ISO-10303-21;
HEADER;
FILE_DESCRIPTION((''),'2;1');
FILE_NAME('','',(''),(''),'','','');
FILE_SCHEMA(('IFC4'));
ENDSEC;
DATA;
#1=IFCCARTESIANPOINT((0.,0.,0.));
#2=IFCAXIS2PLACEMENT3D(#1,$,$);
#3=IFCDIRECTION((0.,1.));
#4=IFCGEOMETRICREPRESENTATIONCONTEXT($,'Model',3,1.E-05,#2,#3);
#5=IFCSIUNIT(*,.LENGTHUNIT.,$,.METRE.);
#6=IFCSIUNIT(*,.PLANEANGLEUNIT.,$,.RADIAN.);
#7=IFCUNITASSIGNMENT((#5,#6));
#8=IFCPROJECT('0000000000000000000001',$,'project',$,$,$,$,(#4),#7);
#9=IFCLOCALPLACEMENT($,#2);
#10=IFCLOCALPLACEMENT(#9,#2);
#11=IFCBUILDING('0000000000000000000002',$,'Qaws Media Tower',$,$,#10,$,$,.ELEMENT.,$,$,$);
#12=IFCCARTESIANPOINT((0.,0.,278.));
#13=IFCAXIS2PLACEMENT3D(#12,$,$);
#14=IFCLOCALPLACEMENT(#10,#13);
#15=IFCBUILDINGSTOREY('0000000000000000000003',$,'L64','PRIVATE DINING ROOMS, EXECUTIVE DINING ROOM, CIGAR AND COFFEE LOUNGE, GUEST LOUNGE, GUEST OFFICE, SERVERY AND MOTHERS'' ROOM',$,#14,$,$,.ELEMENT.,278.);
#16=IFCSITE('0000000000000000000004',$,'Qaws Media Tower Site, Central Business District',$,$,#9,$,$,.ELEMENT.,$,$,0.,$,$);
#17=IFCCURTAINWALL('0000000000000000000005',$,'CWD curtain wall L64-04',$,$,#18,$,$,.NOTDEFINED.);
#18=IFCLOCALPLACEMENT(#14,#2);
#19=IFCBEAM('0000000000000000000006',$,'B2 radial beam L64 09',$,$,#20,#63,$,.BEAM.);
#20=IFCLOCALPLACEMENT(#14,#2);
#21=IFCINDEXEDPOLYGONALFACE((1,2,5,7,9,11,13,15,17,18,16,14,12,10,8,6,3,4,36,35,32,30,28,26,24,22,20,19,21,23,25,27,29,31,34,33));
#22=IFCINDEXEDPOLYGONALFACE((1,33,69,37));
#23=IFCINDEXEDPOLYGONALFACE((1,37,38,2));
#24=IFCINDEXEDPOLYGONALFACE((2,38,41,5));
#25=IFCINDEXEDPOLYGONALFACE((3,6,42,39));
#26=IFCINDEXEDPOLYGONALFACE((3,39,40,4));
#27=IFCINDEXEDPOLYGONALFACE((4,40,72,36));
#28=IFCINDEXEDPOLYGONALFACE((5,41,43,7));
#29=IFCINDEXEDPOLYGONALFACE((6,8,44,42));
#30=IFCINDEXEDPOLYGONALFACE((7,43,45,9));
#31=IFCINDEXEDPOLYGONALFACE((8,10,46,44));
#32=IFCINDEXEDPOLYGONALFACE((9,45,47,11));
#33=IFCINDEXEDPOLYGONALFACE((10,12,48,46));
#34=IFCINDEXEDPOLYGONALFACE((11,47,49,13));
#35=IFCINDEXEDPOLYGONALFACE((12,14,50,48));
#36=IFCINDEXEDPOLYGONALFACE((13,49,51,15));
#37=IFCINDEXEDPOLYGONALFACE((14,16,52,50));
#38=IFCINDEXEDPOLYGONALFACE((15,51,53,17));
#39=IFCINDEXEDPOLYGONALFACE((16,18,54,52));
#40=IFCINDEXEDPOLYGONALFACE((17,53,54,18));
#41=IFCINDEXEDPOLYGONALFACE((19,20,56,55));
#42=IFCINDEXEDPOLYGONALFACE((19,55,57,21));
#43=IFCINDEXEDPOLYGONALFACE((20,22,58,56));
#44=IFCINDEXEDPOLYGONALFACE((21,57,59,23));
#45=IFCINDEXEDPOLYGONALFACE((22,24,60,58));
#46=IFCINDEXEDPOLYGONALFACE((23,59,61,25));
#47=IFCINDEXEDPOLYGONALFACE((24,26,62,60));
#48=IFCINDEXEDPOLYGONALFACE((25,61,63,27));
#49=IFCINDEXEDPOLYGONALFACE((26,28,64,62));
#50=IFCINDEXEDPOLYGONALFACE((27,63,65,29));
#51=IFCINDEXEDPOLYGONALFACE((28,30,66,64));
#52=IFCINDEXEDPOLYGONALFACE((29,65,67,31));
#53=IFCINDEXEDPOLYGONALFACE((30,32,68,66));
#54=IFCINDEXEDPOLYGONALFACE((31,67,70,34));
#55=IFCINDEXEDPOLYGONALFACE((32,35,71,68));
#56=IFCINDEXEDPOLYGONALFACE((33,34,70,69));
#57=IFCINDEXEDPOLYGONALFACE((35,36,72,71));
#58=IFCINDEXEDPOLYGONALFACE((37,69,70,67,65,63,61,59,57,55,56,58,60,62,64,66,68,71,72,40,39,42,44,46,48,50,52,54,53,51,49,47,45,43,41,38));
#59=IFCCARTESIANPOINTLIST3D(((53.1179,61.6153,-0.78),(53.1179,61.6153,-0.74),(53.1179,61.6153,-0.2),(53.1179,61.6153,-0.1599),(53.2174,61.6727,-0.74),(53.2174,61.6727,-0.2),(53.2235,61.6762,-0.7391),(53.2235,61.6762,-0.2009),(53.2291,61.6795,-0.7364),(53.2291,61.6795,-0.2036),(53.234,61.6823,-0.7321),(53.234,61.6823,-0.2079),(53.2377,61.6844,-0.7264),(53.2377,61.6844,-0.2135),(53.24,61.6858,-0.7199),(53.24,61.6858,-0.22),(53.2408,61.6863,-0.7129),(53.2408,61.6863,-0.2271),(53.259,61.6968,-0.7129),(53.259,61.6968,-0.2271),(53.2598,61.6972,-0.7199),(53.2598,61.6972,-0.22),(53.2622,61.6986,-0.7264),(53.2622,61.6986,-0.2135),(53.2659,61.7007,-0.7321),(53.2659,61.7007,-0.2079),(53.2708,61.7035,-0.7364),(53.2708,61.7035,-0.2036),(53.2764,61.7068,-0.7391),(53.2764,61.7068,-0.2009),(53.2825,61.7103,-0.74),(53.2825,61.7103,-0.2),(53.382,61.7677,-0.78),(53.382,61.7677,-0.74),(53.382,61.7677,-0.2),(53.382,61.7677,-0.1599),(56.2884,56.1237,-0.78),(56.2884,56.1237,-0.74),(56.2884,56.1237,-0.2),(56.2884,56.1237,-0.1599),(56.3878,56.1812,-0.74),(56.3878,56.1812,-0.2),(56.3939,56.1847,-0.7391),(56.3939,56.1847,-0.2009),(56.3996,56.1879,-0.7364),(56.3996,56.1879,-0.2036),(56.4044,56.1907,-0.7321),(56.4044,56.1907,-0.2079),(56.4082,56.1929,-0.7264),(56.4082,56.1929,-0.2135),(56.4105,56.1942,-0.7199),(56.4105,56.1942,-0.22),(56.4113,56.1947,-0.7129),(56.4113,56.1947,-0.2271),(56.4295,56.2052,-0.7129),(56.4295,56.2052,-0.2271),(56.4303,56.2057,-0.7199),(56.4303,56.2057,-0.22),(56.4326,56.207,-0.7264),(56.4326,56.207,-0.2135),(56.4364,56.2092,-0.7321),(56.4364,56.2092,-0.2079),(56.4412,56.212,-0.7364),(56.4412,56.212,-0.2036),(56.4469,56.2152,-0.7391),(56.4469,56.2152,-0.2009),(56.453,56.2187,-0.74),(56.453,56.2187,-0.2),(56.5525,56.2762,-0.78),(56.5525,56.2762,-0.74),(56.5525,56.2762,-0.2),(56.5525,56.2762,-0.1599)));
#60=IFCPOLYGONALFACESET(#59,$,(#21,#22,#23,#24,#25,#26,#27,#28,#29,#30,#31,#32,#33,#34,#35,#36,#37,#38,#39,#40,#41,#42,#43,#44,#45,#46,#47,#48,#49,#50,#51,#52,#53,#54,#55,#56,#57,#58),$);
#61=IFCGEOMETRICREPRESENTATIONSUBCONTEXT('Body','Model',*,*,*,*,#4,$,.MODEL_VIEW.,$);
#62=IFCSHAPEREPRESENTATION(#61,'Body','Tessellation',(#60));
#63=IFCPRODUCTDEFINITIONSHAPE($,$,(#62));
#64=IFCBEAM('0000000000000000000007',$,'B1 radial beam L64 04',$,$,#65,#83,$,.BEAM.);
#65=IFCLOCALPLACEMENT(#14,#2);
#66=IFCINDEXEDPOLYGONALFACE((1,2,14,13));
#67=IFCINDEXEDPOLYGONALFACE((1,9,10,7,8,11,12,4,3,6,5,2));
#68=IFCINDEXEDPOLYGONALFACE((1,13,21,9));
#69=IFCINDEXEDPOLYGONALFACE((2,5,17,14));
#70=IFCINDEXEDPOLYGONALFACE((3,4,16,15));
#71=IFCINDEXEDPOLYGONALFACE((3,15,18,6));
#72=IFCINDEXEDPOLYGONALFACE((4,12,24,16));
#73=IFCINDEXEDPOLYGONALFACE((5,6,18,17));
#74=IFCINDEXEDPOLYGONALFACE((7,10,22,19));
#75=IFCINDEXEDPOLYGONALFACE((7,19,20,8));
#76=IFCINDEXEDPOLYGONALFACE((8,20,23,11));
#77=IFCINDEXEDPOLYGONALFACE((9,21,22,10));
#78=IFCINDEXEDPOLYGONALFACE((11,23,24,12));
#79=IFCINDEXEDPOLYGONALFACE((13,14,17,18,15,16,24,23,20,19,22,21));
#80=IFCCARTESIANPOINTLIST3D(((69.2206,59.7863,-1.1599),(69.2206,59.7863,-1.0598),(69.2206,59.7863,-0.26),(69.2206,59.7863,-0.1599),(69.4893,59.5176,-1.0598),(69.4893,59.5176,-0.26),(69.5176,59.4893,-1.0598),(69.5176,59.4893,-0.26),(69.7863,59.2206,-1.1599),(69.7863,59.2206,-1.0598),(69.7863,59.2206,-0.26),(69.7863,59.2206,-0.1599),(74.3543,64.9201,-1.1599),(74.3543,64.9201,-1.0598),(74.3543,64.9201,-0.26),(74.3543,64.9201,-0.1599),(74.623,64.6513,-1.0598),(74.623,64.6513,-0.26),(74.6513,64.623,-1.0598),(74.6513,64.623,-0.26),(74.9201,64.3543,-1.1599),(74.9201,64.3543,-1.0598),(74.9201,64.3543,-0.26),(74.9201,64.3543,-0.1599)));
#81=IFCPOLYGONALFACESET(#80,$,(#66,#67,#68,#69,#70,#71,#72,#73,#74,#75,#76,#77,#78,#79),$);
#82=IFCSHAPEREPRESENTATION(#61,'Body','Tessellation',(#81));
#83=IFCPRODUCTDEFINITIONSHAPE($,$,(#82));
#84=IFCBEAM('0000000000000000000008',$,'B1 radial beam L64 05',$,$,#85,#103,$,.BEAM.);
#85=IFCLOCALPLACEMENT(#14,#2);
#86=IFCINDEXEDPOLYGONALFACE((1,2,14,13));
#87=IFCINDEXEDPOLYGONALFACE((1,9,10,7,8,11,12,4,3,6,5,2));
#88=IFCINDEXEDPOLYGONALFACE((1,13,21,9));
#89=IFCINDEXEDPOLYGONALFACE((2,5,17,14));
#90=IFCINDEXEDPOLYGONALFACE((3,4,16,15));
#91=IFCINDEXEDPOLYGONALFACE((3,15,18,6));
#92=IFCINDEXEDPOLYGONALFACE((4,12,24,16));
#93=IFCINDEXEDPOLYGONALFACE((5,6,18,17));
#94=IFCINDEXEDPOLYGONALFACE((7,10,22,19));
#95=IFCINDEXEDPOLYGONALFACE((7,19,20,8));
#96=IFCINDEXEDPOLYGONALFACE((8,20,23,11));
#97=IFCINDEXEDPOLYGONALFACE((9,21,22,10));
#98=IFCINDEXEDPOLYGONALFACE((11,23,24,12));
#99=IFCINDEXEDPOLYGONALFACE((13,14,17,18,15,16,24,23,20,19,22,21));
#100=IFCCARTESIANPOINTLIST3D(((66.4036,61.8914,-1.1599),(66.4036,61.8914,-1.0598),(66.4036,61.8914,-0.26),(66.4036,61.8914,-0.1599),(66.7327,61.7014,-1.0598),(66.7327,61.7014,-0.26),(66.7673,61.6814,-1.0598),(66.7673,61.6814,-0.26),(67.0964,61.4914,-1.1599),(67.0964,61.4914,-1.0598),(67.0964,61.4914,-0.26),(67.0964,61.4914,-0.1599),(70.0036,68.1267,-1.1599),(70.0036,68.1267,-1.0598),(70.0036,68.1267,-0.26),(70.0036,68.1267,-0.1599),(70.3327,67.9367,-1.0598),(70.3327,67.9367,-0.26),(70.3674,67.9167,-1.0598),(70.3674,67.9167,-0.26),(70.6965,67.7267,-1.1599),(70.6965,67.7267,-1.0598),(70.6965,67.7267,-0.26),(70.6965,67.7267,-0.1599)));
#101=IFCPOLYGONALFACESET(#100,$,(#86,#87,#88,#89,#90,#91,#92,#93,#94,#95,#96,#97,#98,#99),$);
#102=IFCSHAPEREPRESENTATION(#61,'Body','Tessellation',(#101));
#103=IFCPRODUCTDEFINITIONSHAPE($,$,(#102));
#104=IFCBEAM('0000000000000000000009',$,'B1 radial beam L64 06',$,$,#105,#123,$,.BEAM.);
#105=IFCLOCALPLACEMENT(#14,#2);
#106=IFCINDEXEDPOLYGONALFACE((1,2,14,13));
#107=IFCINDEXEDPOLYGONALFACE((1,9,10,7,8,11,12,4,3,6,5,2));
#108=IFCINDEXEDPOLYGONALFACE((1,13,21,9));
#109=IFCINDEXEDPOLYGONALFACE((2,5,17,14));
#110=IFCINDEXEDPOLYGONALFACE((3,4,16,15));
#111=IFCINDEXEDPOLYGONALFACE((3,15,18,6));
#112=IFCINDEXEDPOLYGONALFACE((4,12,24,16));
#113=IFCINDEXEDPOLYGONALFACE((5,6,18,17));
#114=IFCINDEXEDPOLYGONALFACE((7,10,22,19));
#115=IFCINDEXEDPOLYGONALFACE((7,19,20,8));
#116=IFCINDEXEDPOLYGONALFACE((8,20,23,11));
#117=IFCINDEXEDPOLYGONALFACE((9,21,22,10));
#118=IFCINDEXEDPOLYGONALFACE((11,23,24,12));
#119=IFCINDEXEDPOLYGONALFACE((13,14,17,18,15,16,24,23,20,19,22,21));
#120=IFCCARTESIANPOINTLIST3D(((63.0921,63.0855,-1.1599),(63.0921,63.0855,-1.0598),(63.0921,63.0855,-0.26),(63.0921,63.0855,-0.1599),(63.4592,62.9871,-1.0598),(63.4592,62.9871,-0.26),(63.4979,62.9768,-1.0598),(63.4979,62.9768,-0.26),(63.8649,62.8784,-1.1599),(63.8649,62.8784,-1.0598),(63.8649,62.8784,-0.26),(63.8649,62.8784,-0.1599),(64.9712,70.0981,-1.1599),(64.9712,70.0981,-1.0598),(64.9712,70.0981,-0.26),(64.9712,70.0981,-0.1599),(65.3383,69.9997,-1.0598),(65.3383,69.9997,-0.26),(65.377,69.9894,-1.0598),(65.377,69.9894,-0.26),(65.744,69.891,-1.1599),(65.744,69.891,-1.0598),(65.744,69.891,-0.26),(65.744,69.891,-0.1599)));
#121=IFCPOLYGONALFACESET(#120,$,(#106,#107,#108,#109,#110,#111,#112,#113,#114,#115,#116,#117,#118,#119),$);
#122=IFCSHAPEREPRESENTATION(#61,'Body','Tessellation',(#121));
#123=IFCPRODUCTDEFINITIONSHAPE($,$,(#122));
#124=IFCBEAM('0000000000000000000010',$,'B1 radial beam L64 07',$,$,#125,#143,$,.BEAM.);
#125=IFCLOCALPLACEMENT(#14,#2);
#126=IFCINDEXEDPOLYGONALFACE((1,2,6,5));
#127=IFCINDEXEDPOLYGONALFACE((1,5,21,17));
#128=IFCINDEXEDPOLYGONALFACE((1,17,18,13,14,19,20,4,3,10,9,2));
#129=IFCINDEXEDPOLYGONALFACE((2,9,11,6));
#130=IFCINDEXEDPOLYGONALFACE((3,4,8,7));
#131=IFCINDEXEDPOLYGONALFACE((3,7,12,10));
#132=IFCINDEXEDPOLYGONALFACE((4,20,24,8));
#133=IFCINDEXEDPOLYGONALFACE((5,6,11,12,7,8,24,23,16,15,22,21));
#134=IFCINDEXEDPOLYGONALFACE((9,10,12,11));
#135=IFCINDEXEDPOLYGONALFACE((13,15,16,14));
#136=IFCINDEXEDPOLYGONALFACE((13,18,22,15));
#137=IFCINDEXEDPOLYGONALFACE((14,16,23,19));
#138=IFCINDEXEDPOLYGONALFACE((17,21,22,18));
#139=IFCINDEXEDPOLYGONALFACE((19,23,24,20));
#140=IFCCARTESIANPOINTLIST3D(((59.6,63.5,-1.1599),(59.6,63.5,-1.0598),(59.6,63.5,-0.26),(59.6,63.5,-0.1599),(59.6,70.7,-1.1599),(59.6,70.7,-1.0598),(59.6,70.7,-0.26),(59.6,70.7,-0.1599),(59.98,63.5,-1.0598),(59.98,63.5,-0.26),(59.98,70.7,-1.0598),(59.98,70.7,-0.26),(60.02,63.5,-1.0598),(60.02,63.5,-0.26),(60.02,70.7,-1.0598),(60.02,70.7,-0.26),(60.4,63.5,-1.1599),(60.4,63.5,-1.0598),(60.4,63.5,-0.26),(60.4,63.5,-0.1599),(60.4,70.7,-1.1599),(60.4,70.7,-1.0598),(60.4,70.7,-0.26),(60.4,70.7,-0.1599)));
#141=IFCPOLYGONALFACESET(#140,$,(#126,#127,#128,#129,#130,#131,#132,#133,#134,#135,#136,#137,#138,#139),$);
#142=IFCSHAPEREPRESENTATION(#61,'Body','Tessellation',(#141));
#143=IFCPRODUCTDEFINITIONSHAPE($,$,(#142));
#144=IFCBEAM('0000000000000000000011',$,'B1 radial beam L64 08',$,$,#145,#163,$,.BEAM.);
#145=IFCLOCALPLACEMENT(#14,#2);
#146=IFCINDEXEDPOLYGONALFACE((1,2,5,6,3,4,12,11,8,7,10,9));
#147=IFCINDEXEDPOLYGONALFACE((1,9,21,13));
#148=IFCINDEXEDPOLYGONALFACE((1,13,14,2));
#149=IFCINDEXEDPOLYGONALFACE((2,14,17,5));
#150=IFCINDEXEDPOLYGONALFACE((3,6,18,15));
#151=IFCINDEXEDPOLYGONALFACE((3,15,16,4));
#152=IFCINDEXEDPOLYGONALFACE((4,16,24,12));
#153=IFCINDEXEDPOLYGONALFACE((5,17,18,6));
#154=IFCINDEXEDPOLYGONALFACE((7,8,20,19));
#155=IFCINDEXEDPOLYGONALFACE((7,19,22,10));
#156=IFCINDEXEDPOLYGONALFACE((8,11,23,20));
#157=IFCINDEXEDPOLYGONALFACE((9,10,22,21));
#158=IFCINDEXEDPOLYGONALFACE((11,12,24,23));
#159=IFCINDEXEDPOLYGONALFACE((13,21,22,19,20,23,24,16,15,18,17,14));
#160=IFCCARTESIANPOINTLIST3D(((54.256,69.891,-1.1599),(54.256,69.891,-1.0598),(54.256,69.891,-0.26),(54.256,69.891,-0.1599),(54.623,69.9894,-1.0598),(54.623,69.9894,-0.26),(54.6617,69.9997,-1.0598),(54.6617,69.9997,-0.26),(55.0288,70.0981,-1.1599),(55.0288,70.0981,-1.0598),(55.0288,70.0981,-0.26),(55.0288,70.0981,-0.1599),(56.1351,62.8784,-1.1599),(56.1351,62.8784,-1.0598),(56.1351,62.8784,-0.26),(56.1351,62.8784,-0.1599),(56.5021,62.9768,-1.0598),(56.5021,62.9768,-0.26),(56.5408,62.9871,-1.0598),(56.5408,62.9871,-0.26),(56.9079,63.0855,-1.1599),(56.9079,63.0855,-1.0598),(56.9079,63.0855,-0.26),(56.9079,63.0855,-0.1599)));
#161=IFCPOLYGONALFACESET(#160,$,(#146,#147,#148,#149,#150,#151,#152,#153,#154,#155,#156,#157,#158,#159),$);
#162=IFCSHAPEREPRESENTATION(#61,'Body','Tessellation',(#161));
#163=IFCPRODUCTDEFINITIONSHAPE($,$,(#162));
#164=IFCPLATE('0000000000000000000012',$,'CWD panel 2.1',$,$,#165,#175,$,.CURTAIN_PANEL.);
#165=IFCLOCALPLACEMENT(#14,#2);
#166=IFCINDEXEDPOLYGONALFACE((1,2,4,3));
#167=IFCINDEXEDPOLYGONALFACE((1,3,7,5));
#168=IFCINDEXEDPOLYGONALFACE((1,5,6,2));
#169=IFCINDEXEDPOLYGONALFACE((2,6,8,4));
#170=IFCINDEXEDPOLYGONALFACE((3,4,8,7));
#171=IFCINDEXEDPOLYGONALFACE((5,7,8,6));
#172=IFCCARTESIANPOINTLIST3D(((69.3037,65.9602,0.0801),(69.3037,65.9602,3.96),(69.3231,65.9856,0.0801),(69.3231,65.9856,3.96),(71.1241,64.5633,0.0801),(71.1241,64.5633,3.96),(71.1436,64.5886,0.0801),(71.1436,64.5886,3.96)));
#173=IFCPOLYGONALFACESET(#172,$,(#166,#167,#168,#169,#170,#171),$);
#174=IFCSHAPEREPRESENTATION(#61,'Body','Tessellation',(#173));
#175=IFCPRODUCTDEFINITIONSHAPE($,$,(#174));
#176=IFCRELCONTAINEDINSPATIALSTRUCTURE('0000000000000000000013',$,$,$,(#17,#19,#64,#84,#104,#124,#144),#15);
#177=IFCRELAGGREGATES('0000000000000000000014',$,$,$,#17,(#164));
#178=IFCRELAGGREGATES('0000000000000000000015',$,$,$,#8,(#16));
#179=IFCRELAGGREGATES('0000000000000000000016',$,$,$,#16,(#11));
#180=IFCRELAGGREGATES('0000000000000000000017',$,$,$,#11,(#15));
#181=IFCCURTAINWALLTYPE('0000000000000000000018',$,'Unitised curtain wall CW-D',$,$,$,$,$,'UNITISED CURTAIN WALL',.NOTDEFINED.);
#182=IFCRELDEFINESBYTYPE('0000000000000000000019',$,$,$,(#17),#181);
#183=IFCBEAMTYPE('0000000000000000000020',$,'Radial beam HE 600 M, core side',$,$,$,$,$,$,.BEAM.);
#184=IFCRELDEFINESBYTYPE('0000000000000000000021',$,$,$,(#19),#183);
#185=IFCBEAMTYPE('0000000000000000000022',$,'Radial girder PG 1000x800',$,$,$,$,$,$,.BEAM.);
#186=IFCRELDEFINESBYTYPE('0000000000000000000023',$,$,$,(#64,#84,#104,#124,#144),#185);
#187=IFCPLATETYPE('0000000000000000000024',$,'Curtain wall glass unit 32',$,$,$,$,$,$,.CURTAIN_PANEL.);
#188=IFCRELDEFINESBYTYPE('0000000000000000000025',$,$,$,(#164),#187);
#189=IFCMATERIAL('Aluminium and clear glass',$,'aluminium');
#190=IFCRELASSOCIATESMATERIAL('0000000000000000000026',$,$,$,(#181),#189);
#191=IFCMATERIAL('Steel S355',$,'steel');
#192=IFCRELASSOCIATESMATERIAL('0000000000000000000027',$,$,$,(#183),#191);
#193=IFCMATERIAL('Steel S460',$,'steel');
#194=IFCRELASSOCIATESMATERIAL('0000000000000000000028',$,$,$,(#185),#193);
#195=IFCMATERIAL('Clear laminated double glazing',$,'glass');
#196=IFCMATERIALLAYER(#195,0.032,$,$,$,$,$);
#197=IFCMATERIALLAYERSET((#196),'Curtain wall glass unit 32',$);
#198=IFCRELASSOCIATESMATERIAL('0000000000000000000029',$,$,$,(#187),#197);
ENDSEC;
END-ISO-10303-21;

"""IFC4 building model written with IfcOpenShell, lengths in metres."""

from ifc_helpers import new_model, si_unit, direction, frame, origin, origin_2d, place, context, subcontext, project, spatial, rectangle, i_section, extrude, material, layer, layer_set, material_profile, profile_set, type_object, element, aggregate, save


model = new_model("IFC4")

# Units and contexts
model_context = context("Model", 3, precision=1e-05, world=origin(), true_north=direction((0.0, 1.0)))
body_context = subcontext(model_context, "Body", "Model", "MODEL_VIEW")
ifc_project = project(units=[si_unit("LENGTHUNIT", "METRE"), si_unit("PLANEANGLEUNIT", "RADIAN")], contexts=[model_context])

# Site, building, storey
site_placement = place(None, origin())
site = spatial("IfcSite", under=ifc_project, at=site_placement, Name="Qaws Media Tower Site, Central Business District", CompositionType="ELEMENT", RefElevation=0.0)
building_placement = place(site_placement, origin())
building = spatial("IfcBuilding", under=site, at=building_placement, Name="Qaws Media Tower", CompositionType="ELEMENT")
storey_placement = place(building_placement, frame((0.0, 0.0, 278.0)))
storey = spatial("IfcBuildingStorey", under=building, at=storey_placement, Name="L64", Description="PRIVATE DINING ROOMS, EXECUTIVE DINING ROOM, CIGAR AND COFFEE LOUNGE, GUEST LOUNGE, GUEST OFFICE, SERVERY AND MOTHERS' ROOM", CompositionType="ELEMENT", Elevation=278.0)

# Curtain wall
ifc_material_1 = material(Name="Aluminium and clear glass", Category="aluminium")
curtain_wall_type = type_object("IfcCurtainWallType", Name="Unitised curtain wall CW-D", ElementType="UNITISED CURTAIN WALL", PredefinedType="NOTDEFINED", material=ifc_material_1)
curtain_wall_1_placement = place(storey_placement, origin())
curtain_wall_1 = element("IfcCurtainWall", 1, at=curtain_wall_1_placement, inside=storey, type_object=curtain_wall_type, Name="CWD curtain wall L64-04", PredefinedType="NOTDEFINED")

# Beams
ifc_material_2 = material(Name="Steel S355", Category="steel")
ifc_material_profile_1 = material_profile(ifc_material_2, i_section(OverallWidth=0.3049, OverallDepth=0.6201, WebThickness=0.021, FlangeThickness=0.04, FilletRadius=0.0271, at=origin_2d()), Name="HE 600 M")
ifc_profile_set_1 = profile_set([ifc_material_profile_1], Name="Steel S355")
beam_type_1 = type_object("IfcBeamType", Name="Radial beam HE 600 M, core side", PredefinedType="BEAM", material=ifc_profile_set_1)
beam_1_placement = place(storey_placement, frame((56.4204, 56.2, -0.47), z_axis=(-0.49999, 0.866031, 0.0), x_axis=(-0.866031, -0.49999, 0.0)))
element("IfcBeam", 2, at=beam_1_placement, inside=storey, type_object=beam_type_1, Name="B2 radial beam L64 09", PredefinedType="BEAM", context=body_context, shape_type="SweptSolid", body=[
    extrude(i_section(OverallWidth=0.3049, OverallDepth=0.6201, WebThickness=0.021, FlangeThickness=0.04, FilletRadius=0.0271, at=origin_2d()), origin(), (0.0, 0.0, 1.0), 6.3411),
])
ifc_material_3 = material(Name="Steel S460", Category="steel")
ifc_material_profile_2 = material_profile(ifc_material_3, i_section(OverallWidth=0.8, OverallDepth=1.0, WebThickness=0.04, FlangeThickness=0.1001, at=origin_2d()), Name="PG 1000x800")
ifc_profile_set_2 = profile_set([ifc_material_profile_2], Name="Steel S460")
beam_type_2 = type_object("IfcBeamType", Name="Radial girder PG 1000x800", PredefinedType="BEAM", material=ifc_profile_set_2)
beam_2_placement = place(storey_placement, frame((69.5034, 59.5034, -0.6599), z_axis=(0.707107, 0.707107, 0.0), x_axis=(-0.707107, 0.707107, 0.0)))
element("IfcBeam", 3, at=beam_2_placement, inside=storey, type_object=beam_type_2, Name="B1 radial beam L64 04", PredefinedType="BEAM", context=body_context, shape_type="SweptSolid", body=[
    extrude(i_section(OverallWidth=0.8, OverallDepth=1.0, WebThickness=0.04, FlangeThickness=0.1001, at=origin_2d()), origin(), (0.0, 0.0, 1.0), 7.2603),
])
beam_3_placement = place(storey_placement, frame((66.75, 61.6914, -0.6599), z_axis=(0.500012, 0.866018, 0.0), x_axis=(-0.866018, 0.500012, 0.0)))
element("IfcBeam", 4, at=beam_3_placement, inside=storey, type_object=beam_type_2, Name="B1 radial beam L64 05", PredefinedType="BEAM", context=body_context, shape_type="SweptSolid", body=[
    extrude(i_section(OverallWidth=0.8, OverallDepth=1.0, WebThickness=0.04, FlangeThickness=0.1001, at=origin_2d()), origin(), (0.0, 0.0, 1.0), 7.2),
])
beam_4_placement = place(storey_placement, frame((63.4785, 62.9819, -0.6599), z_axis=(0.258832, 0.965922, 0.0), x_axis=(-0.965922, 0.258832, 0.0)))
element("IfcBeam", 5, at=beam_4_placement, inside=storey, type_object=beam_type_2, Name="B1 radial beam L64 06", PredefinedType="BEAM", context=body_context, shape_type="SweptSolid", body=[
    extrude(i_section(OverallWidth=0.8, OverallDepth=1.0, WebThickness=0.04, FlangeThickness=0.1001, at=origin_2d()), origin(), (0.0, 0.0, 1.0), 7.26),
])
beam_5_placement = place(storey_placement, frame((60.0, 63.5, -0.6599), z_axis=(0.0, 1.0, 0.0), x_axis=(-1.0, 0.0, 0.0)))
element("IfcBeam", 6, at=beam_5_placement, inside=storey, type_object=beam_type_2, Name="B1 radial beam L64 07", PredefinedType="BEAM", context=body_context, shape_type="SweptSolid", body=[
    extrude(i_section(OverallWidth=0.8, OverallDepth=1.0, WebThickness=0.04, FlangeThickness=0.1001, at=origin_2d()), origin(), (0.0, 0.0, 1.0), 7.2),
])
beam_6_placement = place(storey_placement, frame((56.5215, 62.9819, -0.6599), z_axis=(-0.258832, 0.965922, 0.0), x_axis=(-0.965922, -0.258832, 0.0)))
element("IfcBeam", 7, at=beam_6_placement, inside=storey, type_object=beam_type_2, Name="B1 radial beam L64 08", PredefinedType="BEAM", context=body_context, shape_type="SweptSolid", body=[
    extrude(i_section(OverallWidth=0.8, OverallDepth=1.0, WebThickness=0.04, FlangeThickness=0.1001, at=origin_2d()), origin(), (0.0, 0.0, 1.0), 7.26),
])

# Plate
ifc_material_4 = material(Name="Clear laminated double glazing", Category="glass")
ifc_layer_1 = layer(ifc_material_4, 0.032)
ifc_layer_set_1 = layer_set([ifc_layer_1], Name="Curtain wall glass unit 32")
plate_type = type_object("IfcPlateType", Name="Curtain wall glass unit 32", PredefinedType="CURTAIN_PANEL", material=ifc_layer_set_1)
plate_placement = place(storey_placement, frame((70.2236, 65.2744, 0.0801), z_axis=(0.0, 0.0, 1.0), x_axis=(-0.793353, 0.608762, 0.0)))
plate = element("IfcPlate", 8, at=plate_placement, type_object=plate_type, Name="CWD panel 2.1", PredefinedType="CURTAIN_PANEL", context=body_context, shape_type="SweptSolid", body=[
    extrude(rectangle(XDim=2.2947, YDim=0.032, at=origin_2d()), origin(), (0.0, 0.0, 1.0), 3.8799),
])
aggregate(curtain_wall_1, [plate])

save(model, "model.ifc")
